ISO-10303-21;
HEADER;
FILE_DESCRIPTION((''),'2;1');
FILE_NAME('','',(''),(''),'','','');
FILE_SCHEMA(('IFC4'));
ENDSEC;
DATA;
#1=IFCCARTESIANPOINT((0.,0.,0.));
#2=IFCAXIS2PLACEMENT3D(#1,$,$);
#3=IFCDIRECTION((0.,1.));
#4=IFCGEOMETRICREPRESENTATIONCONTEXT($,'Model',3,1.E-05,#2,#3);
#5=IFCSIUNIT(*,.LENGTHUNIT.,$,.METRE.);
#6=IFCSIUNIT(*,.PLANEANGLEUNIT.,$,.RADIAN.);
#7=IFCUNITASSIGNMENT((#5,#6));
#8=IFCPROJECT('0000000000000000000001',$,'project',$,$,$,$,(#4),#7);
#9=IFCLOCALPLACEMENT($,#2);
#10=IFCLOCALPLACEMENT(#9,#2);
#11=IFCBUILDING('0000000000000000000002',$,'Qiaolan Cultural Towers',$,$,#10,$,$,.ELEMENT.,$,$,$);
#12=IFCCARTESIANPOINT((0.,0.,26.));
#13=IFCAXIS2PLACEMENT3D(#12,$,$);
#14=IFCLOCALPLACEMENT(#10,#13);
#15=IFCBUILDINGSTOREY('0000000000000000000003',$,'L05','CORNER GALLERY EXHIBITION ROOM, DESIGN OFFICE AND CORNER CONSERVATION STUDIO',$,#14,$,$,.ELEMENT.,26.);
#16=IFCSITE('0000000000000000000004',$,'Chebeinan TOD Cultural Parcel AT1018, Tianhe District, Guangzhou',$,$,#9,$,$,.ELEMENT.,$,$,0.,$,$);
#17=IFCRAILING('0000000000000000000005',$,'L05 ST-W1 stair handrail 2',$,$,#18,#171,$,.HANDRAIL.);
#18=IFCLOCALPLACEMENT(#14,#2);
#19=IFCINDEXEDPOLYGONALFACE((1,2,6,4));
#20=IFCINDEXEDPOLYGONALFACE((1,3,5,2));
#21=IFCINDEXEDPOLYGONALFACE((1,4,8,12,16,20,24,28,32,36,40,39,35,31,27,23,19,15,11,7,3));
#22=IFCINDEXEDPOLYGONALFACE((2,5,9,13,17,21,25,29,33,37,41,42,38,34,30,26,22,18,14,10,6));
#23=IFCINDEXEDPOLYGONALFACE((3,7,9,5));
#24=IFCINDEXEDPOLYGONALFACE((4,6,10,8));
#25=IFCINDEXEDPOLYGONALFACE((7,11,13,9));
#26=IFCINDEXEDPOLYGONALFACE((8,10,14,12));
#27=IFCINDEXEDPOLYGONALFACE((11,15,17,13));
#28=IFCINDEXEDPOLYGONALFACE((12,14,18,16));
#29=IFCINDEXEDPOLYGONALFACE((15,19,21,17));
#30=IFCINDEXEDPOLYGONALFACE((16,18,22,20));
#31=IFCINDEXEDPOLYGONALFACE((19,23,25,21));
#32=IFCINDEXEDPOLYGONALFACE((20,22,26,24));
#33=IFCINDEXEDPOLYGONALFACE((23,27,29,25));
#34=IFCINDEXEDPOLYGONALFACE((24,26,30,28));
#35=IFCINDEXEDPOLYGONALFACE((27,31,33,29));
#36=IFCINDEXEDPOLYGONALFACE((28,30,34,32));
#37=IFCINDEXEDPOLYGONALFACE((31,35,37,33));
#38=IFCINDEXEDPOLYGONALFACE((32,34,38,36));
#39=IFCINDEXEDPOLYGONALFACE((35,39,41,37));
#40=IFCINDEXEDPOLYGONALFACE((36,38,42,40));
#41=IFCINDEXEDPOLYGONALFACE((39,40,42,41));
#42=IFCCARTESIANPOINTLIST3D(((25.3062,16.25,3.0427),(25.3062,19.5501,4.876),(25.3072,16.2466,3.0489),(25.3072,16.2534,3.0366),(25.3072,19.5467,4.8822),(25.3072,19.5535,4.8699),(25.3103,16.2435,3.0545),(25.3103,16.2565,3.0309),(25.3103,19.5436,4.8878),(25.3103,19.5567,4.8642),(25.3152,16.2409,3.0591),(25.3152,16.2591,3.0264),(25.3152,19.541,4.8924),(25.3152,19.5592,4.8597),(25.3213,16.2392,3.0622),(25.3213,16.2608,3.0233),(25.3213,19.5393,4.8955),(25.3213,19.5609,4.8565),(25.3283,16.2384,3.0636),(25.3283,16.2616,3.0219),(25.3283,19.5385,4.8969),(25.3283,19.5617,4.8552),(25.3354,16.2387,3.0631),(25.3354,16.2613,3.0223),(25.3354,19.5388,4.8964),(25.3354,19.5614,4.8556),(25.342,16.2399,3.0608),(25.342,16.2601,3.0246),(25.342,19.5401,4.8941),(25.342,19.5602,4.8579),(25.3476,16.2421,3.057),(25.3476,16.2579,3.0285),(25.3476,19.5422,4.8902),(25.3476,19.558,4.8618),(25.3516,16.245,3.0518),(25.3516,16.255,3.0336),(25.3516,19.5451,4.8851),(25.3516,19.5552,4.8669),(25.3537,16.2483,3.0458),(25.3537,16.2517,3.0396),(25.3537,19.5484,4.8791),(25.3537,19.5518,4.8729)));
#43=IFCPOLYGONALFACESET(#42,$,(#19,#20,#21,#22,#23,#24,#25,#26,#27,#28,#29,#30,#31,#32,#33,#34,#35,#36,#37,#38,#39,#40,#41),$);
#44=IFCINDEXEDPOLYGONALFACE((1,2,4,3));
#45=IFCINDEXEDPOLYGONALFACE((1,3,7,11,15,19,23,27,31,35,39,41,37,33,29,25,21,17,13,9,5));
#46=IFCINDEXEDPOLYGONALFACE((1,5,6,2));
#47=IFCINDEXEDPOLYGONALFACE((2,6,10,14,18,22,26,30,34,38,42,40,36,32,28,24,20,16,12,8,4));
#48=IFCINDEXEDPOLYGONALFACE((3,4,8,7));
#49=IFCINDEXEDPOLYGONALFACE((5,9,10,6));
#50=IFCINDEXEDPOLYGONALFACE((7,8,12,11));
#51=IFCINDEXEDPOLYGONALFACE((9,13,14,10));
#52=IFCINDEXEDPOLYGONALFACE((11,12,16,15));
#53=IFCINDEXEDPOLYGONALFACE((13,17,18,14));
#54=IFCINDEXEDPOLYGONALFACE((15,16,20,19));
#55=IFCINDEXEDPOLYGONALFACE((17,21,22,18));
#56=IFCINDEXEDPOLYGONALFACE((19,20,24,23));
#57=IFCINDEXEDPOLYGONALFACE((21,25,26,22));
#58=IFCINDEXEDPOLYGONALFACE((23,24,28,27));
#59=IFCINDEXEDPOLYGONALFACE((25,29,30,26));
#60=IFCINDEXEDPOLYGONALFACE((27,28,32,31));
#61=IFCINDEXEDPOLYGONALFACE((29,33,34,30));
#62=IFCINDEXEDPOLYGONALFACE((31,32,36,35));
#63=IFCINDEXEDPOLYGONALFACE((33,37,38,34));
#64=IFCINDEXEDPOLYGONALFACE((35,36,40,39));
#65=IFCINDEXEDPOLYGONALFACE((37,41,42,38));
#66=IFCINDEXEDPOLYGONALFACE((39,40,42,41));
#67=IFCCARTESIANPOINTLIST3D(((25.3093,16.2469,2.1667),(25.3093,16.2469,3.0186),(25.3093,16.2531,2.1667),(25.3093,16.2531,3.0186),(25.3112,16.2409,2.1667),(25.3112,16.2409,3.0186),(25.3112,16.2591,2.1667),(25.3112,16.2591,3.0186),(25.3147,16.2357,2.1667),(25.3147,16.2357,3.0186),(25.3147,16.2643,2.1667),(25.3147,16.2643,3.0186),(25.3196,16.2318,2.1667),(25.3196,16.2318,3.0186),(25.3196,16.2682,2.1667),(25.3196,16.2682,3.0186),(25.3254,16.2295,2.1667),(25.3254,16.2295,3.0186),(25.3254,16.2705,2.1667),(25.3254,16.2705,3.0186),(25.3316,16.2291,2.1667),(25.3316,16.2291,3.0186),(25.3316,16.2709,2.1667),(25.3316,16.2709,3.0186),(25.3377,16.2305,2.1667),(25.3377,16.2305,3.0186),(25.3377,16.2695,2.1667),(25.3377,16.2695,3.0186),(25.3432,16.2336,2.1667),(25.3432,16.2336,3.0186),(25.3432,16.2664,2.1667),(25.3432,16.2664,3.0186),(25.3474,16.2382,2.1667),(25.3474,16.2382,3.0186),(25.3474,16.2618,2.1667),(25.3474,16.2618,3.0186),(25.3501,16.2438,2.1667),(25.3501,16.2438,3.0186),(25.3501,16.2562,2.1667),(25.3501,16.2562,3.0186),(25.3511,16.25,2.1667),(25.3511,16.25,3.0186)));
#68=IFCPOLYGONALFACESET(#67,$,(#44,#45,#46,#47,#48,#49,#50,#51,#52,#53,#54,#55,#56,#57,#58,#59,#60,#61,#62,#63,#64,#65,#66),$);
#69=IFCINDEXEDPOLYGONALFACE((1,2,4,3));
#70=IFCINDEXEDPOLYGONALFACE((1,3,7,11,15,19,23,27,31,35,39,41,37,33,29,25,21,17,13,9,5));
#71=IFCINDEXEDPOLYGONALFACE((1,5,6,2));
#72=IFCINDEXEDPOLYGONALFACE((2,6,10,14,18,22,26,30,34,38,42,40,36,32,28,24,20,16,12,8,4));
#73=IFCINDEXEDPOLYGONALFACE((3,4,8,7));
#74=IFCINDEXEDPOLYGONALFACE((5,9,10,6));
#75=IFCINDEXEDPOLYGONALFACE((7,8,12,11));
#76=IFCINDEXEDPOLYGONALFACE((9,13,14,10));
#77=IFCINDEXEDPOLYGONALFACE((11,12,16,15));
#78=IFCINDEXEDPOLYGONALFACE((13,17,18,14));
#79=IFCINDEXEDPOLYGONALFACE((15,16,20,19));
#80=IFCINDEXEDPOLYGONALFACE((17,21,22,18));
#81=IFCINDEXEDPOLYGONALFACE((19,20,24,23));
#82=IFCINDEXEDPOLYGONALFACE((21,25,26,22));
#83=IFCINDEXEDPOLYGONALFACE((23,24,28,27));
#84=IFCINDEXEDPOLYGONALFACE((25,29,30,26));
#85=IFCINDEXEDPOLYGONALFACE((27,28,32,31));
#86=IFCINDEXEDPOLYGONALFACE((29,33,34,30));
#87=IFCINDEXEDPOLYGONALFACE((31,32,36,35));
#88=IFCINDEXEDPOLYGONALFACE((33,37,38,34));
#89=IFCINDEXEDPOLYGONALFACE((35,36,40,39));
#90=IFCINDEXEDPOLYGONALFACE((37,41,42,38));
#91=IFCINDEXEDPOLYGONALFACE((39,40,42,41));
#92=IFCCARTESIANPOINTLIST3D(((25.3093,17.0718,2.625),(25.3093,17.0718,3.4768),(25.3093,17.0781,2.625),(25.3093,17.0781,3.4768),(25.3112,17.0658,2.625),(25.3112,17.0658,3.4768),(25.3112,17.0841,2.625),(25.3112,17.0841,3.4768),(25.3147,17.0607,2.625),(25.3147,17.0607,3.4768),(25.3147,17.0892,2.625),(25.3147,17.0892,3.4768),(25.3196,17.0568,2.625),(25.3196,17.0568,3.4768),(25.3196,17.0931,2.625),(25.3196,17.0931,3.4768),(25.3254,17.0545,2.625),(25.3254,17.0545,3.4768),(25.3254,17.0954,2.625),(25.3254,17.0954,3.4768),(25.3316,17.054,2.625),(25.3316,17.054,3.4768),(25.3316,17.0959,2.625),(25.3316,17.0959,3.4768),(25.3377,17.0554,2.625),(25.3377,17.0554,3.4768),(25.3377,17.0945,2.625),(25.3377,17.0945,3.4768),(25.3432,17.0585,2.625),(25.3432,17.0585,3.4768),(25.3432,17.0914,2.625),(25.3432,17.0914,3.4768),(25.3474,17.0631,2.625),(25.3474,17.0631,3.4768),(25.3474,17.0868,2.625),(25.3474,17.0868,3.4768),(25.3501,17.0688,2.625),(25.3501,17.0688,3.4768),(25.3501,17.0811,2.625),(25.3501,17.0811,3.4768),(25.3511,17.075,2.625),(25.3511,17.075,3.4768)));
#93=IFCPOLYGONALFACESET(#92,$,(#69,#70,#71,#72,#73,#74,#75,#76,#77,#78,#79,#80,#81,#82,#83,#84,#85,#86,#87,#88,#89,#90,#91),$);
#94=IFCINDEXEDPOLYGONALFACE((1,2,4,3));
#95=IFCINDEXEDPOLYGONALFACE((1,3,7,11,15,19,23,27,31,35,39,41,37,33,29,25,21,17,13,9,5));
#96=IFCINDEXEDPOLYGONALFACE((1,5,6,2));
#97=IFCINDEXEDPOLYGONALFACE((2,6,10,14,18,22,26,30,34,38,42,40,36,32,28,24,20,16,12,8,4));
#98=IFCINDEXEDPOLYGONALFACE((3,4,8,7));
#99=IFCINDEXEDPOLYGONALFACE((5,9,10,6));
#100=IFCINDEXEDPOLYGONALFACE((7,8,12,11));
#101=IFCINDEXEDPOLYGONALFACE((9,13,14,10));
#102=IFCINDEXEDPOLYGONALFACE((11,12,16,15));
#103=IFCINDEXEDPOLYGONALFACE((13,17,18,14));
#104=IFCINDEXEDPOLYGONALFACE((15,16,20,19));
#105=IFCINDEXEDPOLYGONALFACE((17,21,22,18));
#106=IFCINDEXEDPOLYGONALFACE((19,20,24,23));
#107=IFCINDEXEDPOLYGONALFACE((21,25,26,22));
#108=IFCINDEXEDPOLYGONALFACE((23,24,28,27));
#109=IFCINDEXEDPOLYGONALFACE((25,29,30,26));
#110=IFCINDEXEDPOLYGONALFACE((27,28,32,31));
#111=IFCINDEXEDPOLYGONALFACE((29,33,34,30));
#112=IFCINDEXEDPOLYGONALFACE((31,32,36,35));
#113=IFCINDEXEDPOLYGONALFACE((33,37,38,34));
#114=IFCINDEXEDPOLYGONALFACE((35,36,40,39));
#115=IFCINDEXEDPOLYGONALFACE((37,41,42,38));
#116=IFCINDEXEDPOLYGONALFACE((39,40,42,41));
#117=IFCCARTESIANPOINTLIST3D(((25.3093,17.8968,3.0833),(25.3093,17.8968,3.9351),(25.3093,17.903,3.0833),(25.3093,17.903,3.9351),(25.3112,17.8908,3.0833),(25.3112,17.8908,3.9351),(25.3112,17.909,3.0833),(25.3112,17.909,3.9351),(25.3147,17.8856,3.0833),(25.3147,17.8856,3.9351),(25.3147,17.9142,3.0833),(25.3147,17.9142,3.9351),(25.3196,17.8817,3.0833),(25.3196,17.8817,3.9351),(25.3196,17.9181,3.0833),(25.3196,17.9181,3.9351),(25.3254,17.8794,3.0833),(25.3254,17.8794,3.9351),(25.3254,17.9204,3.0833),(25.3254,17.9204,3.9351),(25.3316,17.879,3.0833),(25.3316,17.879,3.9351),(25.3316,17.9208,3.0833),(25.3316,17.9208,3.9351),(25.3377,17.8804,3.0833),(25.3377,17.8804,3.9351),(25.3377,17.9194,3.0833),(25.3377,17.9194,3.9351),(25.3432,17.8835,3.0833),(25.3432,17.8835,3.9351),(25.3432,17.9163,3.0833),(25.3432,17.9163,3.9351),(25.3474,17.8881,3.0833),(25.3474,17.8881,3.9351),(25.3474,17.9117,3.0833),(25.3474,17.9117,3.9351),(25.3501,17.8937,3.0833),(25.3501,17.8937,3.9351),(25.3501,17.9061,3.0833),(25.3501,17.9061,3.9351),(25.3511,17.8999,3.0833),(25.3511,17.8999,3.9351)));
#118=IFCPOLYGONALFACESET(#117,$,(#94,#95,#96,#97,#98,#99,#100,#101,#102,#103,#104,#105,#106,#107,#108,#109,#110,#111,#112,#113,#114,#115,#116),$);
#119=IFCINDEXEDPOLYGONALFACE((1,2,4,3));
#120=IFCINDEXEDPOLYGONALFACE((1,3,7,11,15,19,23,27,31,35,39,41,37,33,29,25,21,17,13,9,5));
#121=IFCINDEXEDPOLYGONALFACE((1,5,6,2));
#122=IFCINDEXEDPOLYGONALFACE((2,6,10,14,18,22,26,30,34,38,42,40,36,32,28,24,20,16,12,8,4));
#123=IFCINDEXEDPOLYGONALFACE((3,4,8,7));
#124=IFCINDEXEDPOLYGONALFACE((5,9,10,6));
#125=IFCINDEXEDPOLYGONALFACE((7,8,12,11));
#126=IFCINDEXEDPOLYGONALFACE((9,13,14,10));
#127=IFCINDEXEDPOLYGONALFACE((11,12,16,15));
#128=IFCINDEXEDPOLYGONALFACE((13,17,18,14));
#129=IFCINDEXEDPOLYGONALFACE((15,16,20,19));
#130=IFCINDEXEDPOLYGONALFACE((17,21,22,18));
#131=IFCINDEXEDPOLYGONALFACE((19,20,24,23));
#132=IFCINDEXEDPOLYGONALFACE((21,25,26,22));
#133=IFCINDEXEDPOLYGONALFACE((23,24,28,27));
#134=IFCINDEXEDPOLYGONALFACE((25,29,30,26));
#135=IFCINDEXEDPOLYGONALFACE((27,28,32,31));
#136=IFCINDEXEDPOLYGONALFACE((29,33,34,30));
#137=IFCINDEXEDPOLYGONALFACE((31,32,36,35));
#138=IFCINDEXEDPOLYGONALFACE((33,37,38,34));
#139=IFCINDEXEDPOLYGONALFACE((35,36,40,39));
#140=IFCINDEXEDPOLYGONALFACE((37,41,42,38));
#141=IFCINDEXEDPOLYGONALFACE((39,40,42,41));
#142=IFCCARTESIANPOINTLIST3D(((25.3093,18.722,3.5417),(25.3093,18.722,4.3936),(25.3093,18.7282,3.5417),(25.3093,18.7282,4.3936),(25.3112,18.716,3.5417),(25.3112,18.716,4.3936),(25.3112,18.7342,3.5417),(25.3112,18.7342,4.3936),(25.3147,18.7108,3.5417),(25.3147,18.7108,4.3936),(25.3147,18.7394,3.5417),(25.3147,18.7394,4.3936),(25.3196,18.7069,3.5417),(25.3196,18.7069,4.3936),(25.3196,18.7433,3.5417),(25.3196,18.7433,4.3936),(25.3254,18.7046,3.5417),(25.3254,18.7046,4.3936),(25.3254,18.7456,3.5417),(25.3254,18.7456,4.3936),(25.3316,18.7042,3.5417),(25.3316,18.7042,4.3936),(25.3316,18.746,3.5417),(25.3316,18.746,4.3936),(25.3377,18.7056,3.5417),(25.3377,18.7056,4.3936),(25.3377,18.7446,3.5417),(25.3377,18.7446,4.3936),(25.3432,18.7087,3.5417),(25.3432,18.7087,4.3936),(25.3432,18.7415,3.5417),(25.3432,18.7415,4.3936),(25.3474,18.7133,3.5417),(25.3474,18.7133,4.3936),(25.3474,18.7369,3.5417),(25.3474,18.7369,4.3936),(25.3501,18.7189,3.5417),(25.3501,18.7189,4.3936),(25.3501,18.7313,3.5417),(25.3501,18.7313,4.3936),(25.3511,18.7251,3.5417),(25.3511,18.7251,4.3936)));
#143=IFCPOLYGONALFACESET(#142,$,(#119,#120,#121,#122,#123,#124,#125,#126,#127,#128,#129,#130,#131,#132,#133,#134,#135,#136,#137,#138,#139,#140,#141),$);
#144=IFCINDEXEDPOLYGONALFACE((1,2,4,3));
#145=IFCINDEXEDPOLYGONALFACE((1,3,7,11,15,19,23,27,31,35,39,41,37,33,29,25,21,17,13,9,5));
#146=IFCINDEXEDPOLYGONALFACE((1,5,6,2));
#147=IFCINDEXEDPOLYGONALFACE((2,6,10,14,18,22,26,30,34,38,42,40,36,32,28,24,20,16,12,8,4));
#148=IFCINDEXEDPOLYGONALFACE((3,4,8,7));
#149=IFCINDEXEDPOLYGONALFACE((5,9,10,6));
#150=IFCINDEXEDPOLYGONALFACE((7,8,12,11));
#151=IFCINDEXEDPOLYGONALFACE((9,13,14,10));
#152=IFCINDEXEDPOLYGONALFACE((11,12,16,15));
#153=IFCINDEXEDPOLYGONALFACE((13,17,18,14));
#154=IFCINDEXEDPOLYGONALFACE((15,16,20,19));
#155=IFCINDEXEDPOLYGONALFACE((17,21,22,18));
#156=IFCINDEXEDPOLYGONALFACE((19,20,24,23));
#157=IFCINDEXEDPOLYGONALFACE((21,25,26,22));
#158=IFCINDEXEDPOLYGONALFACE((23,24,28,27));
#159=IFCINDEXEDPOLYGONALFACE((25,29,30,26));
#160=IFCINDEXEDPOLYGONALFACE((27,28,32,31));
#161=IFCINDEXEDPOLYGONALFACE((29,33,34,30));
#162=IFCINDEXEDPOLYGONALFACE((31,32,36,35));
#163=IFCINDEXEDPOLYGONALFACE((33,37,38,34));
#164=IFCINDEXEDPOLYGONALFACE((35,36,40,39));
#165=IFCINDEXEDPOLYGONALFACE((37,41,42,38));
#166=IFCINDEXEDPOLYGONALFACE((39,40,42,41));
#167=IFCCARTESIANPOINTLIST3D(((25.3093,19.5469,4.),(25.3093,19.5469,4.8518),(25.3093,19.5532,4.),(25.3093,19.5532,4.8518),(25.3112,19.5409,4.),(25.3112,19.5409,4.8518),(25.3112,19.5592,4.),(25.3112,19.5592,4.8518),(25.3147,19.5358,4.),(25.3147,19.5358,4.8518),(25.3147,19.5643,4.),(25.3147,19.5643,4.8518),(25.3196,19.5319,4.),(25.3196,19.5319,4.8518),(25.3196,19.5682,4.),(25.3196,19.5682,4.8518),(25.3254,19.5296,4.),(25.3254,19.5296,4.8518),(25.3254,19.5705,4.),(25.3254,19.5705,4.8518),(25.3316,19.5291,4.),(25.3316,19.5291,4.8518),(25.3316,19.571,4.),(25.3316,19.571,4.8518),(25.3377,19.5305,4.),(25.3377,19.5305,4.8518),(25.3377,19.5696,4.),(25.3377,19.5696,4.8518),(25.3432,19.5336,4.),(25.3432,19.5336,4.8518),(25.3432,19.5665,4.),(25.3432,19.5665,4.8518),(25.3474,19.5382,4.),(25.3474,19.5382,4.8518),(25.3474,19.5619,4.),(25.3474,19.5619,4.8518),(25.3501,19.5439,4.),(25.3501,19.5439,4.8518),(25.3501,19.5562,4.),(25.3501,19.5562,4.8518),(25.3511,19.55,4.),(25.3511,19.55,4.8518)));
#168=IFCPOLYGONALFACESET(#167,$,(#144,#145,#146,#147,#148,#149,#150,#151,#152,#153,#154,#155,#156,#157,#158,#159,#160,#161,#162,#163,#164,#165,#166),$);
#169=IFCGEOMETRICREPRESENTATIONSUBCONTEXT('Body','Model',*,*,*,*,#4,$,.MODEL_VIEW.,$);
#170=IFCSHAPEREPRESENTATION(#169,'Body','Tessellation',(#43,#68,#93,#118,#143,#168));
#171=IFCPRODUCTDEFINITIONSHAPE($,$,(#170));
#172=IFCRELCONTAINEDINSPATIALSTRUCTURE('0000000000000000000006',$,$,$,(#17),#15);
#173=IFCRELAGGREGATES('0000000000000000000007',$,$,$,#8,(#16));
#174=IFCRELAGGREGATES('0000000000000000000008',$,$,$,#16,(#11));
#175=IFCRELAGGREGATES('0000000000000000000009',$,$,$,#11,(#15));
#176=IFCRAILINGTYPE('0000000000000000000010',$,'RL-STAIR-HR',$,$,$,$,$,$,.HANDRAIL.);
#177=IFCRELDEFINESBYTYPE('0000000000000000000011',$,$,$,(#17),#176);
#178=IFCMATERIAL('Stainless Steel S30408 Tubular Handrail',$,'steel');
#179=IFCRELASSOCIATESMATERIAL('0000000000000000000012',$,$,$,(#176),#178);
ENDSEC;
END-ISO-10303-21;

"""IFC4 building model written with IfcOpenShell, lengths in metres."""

from ifc_helpers import new_model, si_unit, direction, frame, origin, origin_2d, place, context, subcontext, project, spatial, circle, extrude, material, type_object, element, save


model = new_model("IFC4")

# Units and contexts
model_context = context("Model", 3, precision=1e-05, world=origin(), true_north=direction((0.0, 1.0)))
body_context = subcontext(model_context, "Body", "Model", "MODEL_VIEW")
ifc_project = project(units=[si_unit("LENGTHUNIT", "METRE"), si_unit("PLANEANGLEUNIT", "RADIAN")], contexts=[model_context])

# Site, building, storey
site_placement = place(None, origin())
site = spatial("IfcSite", under=ifc_project, at=site_placement, Name="Chebeinan TOD Cultural Parcel AT1018, Tianhe District, Guangzhou", CompositionType="ELEMENT", RefElevation=0.0)
building_placement = place(site_placement, origin())
building = spatial("IfcBuilding", under=site, at=building_placement, Name="Qiaolan Cultural Towers", CompositionType="ELEMENT")
storey_placement = place(building_placement, frame((0.0, 0.0, 26.0)))
storey = spatial("IfcBuildingStorey", under=building, at=storey_placement, Name="L05", Description="CORNER GALLERY EXHIBITION ROOM, DESIGN OFFICE AND CORNER CONSERVATION STUDIO", CompositionType="ELEMENT", Elevation=26.0)

# Railing
ifc_material_1 = material(Name="Stainless Steel S30408 Tubular Handrail", Category="steel")
railing_type_1 = type_object("IfcRailingType", Name="RL-STAIR-HR", PredefinedType="HANDRAIL", material=ifc_material_1)
railing_1_placement = place(storey_placement, frame((25.3301, 16.25, 2.1667)))
element("IfcRailing", 1, at=railing_1_placement, inside=storey, type_object=railing_type_1, Name="L05 ST-W1 stair handrail 2", PredefinedType="HANDRAIL", context=body_context, shape_type="SweptSolid", body=[
    extrude(circle(Radius=0.0239, at=origin_2d()), frame((0.0, 0.0, 0.876), z_axis=(0.0, 0.874169, 0.485621), x_axis=(-1.0, 0.0, 0.0)), (0.0, 0.0, 1.0), 3.7751),
    extrude(circle(Radius=0.021, at=origin_2d()), origin(), (0.0, 0.0, 1.0), 0.8518),
    extrude(circle(Radius=0.021, at=origin_2d()), frame((0.0, 0.825, 0.4583)), (0.0, 0.0, 1.0), 0.8518),
    extrude(circle(Radius=0.021, at=origin_2d()), frame((0.0, 1.6499, 0.9165)), (0.0, 0.0, 1.0), 0.8518),
    extrude(circle(Radius=0.021, at=origin_2d()), frame((0.0, 2.4751, 1.375)), (0.0, 0.0, 1.0), 0.8518),
    extrude(circle(Radius=0.021, at=origin_2d()), frame((0.0, 3.3, 1.8333)), (0.0, 0.0, 1.0), 0.8518),
])

save(model, "model.ifc")
